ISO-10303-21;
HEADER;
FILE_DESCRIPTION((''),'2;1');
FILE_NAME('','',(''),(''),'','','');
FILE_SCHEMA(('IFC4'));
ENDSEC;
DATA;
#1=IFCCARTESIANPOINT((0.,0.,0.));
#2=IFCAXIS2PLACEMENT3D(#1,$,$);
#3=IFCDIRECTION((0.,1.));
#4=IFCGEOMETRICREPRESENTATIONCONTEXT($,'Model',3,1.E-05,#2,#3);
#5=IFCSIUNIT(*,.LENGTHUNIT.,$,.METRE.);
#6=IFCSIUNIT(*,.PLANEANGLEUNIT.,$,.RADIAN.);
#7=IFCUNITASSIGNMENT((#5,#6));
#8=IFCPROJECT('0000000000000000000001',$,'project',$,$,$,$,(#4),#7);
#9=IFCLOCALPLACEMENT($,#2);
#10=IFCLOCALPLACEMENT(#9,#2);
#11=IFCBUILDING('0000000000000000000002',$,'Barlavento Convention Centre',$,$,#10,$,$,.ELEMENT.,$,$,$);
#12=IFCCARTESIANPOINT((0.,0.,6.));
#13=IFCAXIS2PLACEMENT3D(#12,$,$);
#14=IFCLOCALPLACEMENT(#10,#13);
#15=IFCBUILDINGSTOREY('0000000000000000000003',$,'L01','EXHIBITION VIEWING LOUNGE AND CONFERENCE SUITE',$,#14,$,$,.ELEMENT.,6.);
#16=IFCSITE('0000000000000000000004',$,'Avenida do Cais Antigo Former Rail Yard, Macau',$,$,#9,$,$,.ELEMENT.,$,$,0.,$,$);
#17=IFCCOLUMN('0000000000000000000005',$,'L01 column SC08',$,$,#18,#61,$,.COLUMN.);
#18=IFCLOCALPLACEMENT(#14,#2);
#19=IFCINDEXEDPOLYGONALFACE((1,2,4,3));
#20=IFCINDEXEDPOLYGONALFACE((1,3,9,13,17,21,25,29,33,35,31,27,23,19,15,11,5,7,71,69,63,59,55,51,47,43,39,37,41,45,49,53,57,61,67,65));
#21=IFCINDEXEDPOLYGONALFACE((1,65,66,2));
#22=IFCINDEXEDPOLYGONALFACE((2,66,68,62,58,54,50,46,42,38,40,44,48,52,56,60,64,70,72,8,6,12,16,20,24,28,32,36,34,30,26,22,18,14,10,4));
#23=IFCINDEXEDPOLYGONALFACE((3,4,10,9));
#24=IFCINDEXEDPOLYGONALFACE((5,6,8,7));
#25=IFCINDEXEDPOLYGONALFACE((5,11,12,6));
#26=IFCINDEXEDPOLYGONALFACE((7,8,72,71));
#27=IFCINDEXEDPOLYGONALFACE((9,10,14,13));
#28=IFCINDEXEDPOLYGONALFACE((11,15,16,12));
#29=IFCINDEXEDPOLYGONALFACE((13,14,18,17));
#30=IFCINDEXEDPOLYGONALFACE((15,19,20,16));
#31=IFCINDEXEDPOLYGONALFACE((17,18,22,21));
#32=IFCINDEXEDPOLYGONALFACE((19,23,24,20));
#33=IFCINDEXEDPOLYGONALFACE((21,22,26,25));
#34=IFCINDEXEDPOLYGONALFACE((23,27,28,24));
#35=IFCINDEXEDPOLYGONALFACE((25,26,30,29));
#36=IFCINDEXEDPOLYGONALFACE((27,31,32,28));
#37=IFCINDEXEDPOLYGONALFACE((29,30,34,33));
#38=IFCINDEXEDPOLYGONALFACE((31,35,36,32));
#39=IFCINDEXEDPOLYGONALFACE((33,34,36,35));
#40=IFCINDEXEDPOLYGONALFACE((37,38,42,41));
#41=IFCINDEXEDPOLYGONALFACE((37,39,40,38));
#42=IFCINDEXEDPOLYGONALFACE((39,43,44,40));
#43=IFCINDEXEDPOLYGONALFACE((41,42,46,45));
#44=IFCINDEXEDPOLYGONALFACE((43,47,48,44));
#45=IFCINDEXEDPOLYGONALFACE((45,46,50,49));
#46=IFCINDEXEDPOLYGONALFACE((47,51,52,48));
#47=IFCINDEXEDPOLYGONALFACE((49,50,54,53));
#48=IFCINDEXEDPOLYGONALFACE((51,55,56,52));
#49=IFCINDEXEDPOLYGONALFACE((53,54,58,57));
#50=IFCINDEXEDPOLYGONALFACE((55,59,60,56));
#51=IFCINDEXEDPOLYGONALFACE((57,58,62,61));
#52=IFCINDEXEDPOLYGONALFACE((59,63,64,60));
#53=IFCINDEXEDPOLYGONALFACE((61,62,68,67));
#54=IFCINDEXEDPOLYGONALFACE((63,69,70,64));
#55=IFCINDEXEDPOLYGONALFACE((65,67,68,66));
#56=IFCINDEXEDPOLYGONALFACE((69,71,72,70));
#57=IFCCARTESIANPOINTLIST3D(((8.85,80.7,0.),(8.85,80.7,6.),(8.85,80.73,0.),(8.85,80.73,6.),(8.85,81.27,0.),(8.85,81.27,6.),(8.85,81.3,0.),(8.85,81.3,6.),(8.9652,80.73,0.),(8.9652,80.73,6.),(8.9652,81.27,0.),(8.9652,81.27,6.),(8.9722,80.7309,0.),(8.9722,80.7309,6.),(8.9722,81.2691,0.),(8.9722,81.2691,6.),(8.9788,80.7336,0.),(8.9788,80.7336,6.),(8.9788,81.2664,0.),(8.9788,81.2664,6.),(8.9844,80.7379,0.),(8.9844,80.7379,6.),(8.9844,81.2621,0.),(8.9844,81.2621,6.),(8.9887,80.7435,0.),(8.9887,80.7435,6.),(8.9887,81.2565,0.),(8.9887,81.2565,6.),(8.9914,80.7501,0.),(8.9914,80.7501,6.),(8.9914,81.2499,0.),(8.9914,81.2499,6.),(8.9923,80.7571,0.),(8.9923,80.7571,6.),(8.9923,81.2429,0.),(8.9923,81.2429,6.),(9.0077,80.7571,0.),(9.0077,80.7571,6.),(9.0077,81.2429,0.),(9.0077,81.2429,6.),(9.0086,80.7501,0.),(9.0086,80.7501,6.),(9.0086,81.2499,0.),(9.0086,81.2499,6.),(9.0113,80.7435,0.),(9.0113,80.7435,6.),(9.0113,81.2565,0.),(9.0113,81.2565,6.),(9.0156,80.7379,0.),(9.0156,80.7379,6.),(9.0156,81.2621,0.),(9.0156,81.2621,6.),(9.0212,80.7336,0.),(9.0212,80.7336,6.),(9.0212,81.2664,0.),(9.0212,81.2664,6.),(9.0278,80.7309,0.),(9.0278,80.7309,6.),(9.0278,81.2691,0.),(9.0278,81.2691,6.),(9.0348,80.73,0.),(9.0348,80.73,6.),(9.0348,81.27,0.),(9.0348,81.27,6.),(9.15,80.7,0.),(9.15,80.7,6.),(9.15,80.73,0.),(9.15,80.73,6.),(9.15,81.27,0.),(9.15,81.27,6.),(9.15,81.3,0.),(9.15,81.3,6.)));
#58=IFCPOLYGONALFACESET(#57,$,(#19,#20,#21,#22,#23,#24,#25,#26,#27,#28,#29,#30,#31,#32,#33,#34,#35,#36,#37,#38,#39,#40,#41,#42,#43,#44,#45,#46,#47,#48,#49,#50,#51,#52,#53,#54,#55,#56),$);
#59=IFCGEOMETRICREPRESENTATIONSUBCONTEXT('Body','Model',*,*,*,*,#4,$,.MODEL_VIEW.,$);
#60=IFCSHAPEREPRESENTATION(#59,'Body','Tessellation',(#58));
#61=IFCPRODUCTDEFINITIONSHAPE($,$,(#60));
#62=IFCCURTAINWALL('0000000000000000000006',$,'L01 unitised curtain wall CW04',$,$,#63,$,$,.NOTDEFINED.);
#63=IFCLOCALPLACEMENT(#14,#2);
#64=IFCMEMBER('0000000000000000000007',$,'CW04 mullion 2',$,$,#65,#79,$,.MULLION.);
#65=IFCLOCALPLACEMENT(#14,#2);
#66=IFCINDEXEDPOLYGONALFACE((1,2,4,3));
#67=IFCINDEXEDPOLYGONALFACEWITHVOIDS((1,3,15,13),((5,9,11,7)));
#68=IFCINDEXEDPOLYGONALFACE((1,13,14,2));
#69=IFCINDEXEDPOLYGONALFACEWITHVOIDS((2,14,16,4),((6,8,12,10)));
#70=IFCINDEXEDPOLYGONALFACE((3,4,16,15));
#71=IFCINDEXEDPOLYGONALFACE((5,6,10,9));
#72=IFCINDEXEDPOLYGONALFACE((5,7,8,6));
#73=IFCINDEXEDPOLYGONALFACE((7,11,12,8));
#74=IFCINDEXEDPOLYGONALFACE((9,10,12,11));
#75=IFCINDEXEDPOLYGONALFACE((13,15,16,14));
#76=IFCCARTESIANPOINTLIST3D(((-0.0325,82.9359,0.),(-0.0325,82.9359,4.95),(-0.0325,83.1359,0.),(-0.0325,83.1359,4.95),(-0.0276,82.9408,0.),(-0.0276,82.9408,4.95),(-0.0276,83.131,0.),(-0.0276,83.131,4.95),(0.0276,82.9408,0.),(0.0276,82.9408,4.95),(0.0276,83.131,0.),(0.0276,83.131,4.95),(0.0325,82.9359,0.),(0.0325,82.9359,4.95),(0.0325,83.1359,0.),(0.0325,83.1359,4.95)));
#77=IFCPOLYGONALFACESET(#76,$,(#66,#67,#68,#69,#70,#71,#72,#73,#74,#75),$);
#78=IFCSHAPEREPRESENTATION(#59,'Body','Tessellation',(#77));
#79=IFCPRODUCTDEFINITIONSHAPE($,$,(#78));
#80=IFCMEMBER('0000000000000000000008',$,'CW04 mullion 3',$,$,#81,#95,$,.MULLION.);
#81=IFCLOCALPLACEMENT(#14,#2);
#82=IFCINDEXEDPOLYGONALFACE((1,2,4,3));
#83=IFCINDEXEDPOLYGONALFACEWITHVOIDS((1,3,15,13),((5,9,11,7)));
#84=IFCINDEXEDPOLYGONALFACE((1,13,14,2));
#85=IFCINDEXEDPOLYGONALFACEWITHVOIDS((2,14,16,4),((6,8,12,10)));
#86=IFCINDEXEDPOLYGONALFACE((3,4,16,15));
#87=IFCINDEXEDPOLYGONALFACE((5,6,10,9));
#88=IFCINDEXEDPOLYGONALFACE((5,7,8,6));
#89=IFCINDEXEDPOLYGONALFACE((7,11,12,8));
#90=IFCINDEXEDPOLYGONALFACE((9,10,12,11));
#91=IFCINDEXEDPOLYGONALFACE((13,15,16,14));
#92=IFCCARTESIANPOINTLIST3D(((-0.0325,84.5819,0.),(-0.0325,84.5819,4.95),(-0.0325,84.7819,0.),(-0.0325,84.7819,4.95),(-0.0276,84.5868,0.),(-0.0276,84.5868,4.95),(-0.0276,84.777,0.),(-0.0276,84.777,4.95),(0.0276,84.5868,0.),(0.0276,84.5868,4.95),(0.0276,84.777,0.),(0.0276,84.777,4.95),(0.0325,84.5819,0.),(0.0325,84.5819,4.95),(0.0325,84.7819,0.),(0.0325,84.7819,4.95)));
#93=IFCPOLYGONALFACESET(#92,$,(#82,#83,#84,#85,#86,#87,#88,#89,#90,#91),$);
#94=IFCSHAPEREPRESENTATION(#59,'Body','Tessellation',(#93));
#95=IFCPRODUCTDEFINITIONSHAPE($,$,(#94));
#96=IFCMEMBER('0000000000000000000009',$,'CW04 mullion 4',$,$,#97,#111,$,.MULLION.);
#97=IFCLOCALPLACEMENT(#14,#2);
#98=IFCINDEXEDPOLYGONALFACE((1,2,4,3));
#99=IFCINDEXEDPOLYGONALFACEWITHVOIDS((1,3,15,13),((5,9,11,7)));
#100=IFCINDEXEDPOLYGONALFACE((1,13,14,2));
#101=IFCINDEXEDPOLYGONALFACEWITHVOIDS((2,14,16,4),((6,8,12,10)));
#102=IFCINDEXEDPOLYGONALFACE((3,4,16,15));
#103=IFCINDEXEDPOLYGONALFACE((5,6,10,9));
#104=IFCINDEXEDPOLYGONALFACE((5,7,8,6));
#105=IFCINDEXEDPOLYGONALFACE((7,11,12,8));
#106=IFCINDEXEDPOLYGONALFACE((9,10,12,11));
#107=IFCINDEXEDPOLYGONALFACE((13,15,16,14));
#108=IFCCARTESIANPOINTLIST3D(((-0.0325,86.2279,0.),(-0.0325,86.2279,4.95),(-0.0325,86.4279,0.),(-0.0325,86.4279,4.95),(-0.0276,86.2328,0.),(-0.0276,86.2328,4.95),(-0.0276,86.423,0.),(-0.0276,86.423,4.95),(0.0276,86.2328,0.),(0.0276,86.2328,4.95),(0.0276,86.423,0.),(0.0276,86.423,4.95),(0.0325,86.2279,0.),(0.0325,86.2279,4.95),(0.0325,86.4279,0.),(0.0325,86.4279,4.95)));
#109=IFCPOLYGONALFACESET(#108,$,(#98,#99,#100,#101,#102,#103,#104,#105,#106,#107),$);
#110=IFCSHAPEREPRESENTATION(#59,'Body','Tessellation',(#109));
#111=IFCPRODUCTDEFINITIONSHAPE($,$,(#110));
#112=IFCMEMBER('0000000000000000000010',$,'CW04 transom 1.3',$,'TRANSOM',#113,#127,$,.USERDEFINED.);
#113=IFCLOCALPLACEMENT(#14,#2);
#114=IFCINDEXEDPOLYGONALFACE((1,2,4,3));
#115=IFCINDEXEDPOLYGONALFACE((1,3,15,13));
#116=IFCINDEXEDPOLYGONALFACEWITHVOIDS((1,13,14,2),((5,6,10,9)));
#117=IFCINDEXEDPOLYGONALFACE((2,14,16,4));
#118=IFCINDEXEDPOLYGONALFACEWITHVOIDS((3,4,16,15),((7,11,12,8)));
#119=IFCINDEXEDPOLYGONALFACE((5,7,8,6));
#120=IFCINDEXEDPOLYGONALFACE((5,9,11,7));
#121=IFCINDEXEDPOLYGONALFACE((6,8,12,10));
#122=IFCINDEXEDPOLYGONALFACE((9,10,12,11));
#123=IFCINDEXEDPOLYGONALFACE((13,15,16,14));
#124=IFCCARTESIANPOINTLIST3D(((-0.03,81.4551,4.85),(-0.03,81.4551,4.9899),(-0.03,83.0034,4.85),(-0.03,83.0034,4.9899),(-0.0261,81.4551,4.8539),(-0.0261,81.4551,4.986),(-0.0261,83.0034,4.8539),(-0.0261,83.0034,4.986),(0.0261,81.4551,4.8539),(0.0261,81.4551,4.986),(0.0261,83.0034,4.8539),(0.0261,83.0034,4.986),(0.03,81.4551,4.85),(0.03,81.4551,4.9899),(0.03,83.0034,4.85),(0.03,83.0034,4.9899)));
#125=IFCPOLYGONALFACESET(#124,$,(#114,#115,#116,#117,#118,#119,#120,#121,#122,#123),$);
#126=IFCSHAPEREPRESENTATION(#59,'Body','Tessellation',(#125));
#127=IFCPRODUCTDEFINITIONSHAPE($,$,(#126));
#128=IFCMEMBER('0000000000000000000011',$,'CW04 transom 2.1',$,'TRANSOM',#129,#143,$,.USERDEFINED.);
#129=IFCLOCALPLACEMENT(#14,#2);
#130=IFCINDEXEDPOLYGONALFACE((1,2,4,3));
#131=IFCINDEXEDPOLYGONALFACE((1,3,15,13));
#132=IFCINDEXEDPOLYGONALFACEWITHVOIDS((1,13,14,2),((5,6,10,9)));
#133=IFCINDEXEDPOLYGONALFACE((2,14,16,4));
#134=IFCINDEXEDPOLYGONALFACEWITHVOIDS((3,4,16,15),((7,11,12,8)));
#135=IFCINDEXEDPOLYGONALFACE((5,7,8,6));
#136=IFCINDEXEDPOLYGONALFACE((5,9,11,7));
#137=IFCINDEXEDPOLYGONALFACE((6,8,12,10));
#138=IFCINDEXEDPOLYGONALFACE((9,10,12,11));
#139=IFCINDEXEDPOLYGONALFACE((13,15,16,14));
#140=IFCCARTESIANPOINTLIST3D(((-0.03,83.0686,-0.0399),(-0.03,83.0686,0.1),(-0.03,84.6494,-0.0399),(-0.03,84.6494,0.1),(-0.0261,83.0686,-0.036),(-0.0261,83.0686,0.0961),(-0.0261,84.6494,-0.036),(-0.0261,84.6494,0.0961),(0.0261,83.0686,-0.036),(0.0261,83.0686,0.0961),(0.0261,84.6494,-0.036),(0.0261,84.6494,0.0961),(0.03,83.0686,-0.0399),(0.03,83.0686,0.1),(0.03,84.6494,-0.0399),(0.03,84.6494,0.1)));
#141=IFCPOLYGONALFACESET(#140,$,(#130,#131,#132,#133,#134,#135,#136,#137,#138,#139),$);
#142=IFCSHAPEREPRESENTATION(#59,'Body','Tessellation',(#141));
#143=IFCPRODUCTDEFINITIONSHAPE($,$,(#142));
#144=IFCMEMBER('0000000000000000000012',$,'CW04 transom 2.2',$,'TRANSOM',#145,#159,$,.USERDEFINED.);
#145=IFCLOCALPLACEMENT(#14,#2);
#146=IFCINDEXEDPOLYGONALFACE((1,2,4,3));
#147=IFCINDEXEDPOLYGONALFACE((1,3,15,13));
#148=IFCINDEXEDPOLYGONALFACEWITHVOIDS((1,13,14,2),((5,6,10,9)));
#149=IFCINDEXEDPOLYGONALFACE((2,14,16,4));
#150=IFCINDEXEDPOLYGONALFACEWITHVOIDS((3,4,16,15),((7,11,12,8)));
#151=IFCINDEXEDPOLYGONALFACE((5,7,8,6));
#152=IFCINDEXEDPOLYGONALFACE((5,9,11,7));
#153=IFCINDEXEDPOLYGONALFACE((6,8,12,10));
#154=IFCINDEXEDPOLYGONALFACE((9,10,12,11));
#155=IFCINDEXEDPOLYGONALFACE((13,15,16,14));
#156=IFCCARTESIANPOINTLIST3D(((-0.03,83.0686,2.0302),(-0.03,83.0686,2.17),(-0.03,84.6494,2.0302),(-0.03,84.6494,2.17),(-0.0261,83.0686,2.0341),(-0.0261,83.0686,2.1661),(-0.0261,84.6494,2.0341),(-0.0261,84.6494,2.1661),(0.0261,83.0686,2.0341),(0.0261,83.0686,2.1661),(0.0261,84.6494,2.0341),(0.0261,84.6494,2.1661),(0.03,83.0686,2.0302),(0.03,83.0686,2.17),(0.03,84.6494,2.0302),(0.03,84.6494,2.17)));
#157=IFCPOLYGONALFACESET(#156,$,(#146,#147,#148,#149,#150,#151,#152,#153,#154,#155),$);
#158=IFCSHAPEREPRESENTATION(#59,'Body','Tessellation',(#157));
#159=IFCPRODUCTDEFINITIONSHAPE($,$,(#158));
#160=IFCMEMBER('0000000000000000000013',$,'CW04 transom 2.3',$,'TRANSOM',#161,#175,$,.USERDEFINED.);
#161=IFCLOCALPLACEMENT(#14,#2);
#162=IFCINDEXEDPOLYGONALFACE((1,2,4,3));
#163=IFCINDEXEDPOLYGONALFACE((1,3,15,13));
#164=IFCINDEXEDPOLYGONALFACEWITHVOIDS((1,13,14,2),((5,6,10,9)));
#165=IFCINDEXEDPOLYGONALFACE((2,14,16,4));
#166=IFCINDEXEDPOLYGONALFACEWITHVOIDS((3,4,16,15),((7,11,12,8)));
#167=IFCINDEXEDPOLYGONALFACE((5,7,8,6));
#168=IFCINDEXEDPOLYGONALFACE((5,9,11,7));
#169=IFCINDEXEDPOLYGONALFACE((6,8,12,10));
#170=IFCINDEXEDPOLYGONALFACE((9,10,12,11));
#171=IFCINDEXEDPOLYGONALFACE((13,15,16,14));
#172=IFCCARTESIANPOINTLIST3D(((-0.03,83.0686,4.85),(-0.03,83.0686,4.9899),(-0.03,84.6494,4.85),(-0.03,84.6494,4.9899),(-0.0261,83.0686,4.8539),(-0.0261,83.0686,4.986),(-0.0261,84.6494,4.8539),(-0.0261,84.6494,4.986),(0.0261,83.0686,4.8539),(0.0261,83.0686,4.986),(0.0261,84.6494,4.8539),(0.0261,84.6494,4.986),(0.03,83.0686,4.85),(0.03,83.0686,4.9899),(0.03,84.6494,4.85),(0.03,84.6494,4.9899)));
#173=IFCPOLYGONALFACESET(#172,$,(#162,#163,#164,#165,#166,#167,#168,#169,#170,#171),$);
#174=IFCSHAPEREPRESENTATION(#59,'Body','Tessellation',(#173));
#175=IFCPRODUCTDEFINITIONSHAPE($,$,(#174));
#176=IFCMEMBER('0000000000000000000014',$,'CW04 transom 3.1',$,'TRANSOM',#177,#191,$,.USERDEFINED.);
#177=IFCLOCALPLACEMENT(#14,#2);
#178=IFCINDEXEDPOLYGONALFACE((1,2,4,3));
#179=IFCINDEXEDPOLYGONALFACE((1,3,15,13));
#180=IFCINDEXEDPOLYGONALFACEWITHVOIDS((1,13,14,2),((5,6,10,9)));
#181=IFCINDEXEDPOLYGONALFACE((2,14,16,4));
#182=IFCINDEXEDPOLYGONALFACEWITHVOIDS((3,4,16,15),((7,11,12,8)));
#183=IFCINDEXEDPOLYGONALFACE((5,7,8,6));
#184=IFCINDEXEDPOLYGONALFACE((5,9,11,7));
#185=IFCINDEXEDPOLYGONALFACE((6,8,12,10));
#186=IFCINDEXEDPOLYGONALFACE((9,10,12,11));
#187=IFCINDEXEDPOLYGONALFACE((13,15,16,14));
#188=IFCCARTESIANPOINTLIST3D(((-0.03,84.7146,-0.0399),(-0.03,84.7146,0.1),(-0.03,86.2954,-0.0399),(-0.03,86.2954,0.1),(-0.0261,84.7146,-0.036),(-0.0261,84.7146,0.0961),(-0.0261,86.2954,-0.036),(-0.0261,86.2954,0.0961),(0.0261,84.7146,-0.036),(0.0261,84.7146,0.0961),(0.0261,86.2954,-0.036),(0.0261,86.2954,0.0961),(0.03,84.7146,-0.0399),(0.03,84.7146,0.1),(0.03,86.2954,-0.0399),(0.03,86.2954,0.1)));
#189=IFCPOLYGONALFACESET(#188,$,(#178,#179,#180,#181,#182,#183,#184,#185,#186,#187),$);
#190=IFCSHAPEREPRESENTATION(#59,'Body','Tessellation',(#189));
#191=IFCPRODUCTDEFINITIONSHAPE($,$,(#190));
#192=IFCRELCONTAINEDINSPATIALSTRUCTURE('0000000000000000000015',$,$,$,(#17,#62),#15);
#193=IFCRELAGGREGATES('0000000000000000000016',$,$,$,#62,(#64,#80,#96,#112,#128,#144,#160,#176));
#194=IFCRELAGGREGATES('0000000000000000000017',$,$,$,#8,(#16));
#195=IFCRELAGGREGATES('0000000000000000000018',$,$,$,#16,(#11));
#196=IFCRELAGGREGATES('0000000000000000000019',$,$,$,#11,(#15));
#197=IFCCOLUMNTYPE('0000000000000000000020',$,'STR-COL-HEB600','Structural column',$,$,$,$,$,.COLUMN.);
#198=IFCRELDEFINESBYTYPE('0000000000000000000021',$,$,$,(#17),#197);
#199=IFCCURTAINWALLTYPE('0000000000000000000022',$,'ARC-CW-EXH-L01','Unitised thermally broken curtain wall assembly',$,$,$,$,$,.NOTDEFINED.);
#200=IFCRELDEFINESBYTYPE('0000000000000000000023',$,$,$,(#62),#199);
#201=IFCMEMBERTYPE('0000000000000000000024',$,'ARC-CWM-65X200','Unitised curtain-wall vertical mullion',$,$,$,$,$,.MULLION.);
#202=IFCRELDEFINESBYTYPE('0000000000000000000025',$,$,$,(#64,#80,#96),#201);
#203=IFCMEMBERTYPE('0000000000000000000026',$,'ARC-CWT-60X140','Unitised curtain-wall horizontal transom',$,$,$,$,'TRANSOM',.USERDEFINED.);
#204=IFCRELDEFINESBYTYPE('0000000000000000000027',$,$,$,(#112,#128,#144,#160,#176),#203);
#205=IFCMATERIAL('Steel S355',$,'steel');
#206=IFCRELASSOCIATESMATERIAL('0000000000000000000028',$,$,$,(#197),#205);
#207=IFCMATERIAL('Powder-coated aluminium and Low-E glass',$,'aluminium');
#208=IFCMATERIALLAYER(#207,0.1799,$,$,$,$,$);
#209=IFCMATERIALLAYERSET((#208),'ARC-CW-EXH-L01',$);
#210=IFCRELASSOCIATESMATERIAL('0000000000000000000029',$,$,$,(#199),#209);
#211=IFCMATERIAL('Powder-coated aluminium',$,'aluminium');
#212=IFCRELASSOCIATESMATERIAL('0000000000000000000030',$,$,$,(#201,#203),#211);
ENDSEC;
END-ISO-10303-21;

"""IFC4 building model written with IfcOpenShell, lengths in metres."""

from ifc_helpers import new_model, si_unit, direction, frame, origin, origin_2d, place, context, subcontext, project, spatial, hollow_rectangle, i_section, extrude, material, layer, layer_set, material_profile, profile_set, type_object, element, aggregate, save


model = new_model("IFC4")

# Units and contexts
model_context = context("Model", 3, precision=1e-05, world=origin(), true_north=direction((0.0, 1.0)))
body_context = subcontext(model_context, "Body", "Model", "MODEL_VIEW")
ifc_project = project(units=[si_unit("LENGTHUNIT", "METRE"), si_unit("PLANEANGLEUNIT", "RADIAN")], contexts=[model_context])

# Site, building, storey
site_placement = place(None, origin())
site = spatial("IfcSite", under=ifc_project, at=site_placement, Name="Avenida do Cais Antigo Former Rail Yard, Macau", CompositionType="ELEMENT", RefElevation=0.0)
building_placement = place(site_placement, origin())
building = spatial("IfcBuilding", under=site, at=building_placement, Name="Barlavento Convention Centre", CompositionType="ELEMENT")
storey_placement = place(building_placement, frame((0.0, 0.0, 6.0)))
storey = spatial("IfcBuildingStorey", under=building, at=storey_placement, Name="L01", Description="EXHIBITION VIEWING LOUNGE AND CONFERENCE SUITE", CompositionType="ELEMENT", Elevation=6.0)

# Column
ifc_material_1 = material(Name="Steel S355", Category="steel")
ifc_material_profile_1 = material_profile(ifc_material_1, i_section(OverallWidth=0.3, OverallDepth=0.6001, WebThickness=0.0154, FlangeThickness=0.03, FilletRadius=0.0271, at=origin_2d()), Name="HEB 600")
ifc_profile_set_1 = profile_set([ifc_material_profile_1], Name="Steel S355")
column_type = type_object("IfcColumnType", Name="STR-COL-HEB600", Description="Structural column", PredefinedType="COLUMN", material=ifc_profile_set_1)
column_placement = place(storey_placement, frame((9.0, 81.0, 0.0), z_axis=(0.0, 0.0, 1.0), x_axis=(1.0, 0.0, 0.0)))
element("IfcColumn", 1, at=column_placement, inside=storey, type_object=column_type, Name="L01 column SC08", PredefinedType="COLUMN", context=body_context, shape_type="SweptSolid", body=[
    extrude(i_section(OverallWidth=0.3, OverallDepth=0.6001, WebThickness=0.0154, FlangeThickness=0.03, FilletRadius=0.0271, at=origin_2d()), origin(), (0.0, 0.0, 1.0), 6.0),
])

# Curtain wall, members
ifc_material_2 = material(Name="Powder-coated aluminium and Low-E glass", Category="aluminium")
ifc_layer_1 = layer(ifc_material_2, 0.1799)
ifc_layer_set_1 = layer_set([ifc_layer_1], Name="ARC-CW-EXH-L01")
curtain_wall_type = type_object("IfcCurtainWallType", Name="ARC-CW-EXH-L01", Description="Unitised thermally broken curtain wall assembly", PredefinedType="NOTDEFINED", material=ifc_layer_set_1)
curtain_wall_placement = place(storey_placement, origin())
curtain_wall = element("IfcCurtainWall", 2, at=curtain_wall_placement, inside=storey, type_object=curtain_wall_type, Name="L01 unitised curtain wall CW04", PredefinedType="NOTDEFINED")
ifc_material_3 = material(Name="Powder-coated aluminium", Category="aluminium")
ifc_material_profile_2 = material_profile(ifc_material_3, hollow_rectangle(XDim=0.0649, YDim=0.2, WallThickness=0.0049, at=origin_2d()), Name="AL-MULL 65x200x5")
ifc_profile_set_2 = profile_set([ifc_material_profile_2], Name="Powder-coated aluminium")
member_type_1 = type_object("IfcMemberType", Name="ARC-CWM-65X200", Description="Unitised curtain-wall vertical mullion", PredefinedType="MULLION", material=ifc_profile_set_2)
member_1_placement = place(storey_placement, frame((0.0, 83.0359, 0.0), z_axis=(0.0, 0.0, 1.0), x_axis=(-1.0, 0.0, 0.0)))
member_1 = element("IfcMember", 3, at=member_1_placement, type_object=member_type_1, Name="CW04 mullion 2", PredefinedType="MULLION", context=body_context, shape_type="SweptSolid", body=[
    extrude(hollow_rectangle(XDim=0.0649, YDim=0.2, WallThickness=0.0049, at=origin_2d()), origin(), (0.0, 0.0, 1.0), 4.95),
])
member_2_placement = place(storey_placement, frame((0.0, 84.6819, 0.0), z_axis=(0.0, 0.0, 1.0), x_axis=(-1.0, 0.0, 0.0)))
member_2 = element("IfcMember", 4, at=member_2_placement, type_object=member_type_1, Name="CW04 mullion 3", PredefinedType="MULLION", context=body_context, shape_type="SweptSolid", body=[
    extrude(hollow_rectangle(XDim=0.0649, YDim=0.2, WallThickness=0.0049, at=origin_2d()), origin(), (0.0, 0.0, 1.0), 4.95),
])
member_3_placement = place(storey_placement, frame((0.0, 86.3279, 0.0), z_axis=(0.0, 0.0, 1.0), x_axis=(-1.0, 0.0, 0.0)))
member_3 = element("IfcMember", 5, at=member_3_placement, type_object=member_type_1, Name="CW04 mullion 4", PredefinedType="MULLION", context=body_context, shape_type="SweptSolid", body=[
    extrude(hollow_rectangle(XDim=0.0649, YDim=0.2, WallThickness=0.0049, at=origin_2d()), origin(), (0.0, 0.0, 1.0), 4.95),
])
ifc_material_profile_3 = material_profile(ifc_material_3, hollow_rectangle(XDim=0.0601, YDim=0.1399, WallThickness=0.0039, at=origin_2d()), Name="AL-TRAN 60x140x4")
ifc_profile_set_3 = profile_set([ifc_material_profile_3], Name="Powder-coated aluminium")
member_type_2 = type_object("IfcMemberType", Name="ARC-CWT-60X140", Description="Unitised curtain-wall horizontal transom", ElementType="TRANSOM", PredefinedType="USERDEFINED", material=ifc_profile_set_3)
member_4_placement = place(storey_placement, frame((0.0, 81.4551, 4.9199), z_axis=(0.0, 1.0, 0.0), x_axis=(-1.0, 0.0, 0.0)))
member_4 = element("IfcMember", 6, at=member_4_placement, type_object=member_type_2, Name="CW04 transom 1.3", ObjectType="TRANSOM", PredefinedType="USERDEFINED", context=body_context, shape_type="SweptSolid", body=[
    extrude(hollow_rectangle(XDim=0.0601, YDim=0.1399, WallThickness=0.0039, at=origin_2d()), origin(), (0.0, 0.0, 1.0), 1.5483),
])
member_5_placement = place(storey_placement, frame((0.0, 83.0686, 0.03), z_axis=(0.0, 1.0, 0.0), x_axis=(-1.0, 0.0, 0.0)))
member_5 = element("IfcMember", 7, at=member_5_placement, type_object=member_type_2, Name="CW04 transom 2.1", ObjectType="TRANSOM", PredefinedType="USERDEFINED", context=body_context, shape_type="SweptSolid", body=[
    extrude(hollow_rectangle(XDim=0.0601, YDim=0.1399, WallThickness=0.0039, at=origin_2d()), origin(), (0.0, 0.0, 1.0), 1.5808),
])
member_6_placement = place(storey_placement, frame((0.0, 83.0686, 2.1001), z_axis=(0.0, 1.0, 0.0), x_axis=(-1.0, 0.0, 0.0)))
member_6 = element("IfcMember", 8, at=member_6_placement, type_object=member_type_2, Name="CW04 transom 2.2", ObjectType="TRANSOM", PredefinedType="USERDEFINED", context=body_context, shape_type="SweptSolid", body=[
    extrude(hollow_rectangle(XDim=0.0601, YDim=0.1399, WallThickness=0.0039, at=origin_2d()), origin(), (0.0, 0.0, 1.0), 1.5808),
])
member_7_placement = place(storey_placement, frame((0.0, 83.0686, 4.9199), z_axis=(0.0, 1.0, 0.0), x_axis=(-1.0, 0.0, 0.0)))
member_7 = element("IfcMember", 9, at=member_7_placement, type_object=member_type_2, Name="CW04 transom 2.3", ObjectType="TRANSOM", PredefinedType="USERDEFINED", context=body_context, shape_type="SweptSolid", body=[
    extrude(hollow_rectangle(XDim=0.0601, YDim=0.1399, WallThickness=0.0039, at=origin_2d()), origin(), (0.0, 0.0, 1.0), 1.5808),
])
member_8_placement = place(storey_placement, frame((0.0, 84.7146, 0.03), z_axis=(0.0, 1.0, 0.0), x_axis=(-1.0, 0.0, 0.0)))
member_8 = element("IfcMember", 10, at=member_8_placement, type_object=member_type_2, Name="CW04 transom 3.1", ObjectType="TRANSOM", PredefinedType="USERDEFINED", context=body_context, shape_type="SweptSolid", body=[
    extrude(hollow_rectangle(XDim=0.0601, YDim=0.1399, WallThickness=0.0039, at=origin_2d()), origin(), (0.0, 0.0, 1.0), 1.5808),
])

aggregate(curtain_wall, [member_1, member_2, member_3, member_4, member_5, member_6, member_7, member_8])

save(model, "model.ifc")
